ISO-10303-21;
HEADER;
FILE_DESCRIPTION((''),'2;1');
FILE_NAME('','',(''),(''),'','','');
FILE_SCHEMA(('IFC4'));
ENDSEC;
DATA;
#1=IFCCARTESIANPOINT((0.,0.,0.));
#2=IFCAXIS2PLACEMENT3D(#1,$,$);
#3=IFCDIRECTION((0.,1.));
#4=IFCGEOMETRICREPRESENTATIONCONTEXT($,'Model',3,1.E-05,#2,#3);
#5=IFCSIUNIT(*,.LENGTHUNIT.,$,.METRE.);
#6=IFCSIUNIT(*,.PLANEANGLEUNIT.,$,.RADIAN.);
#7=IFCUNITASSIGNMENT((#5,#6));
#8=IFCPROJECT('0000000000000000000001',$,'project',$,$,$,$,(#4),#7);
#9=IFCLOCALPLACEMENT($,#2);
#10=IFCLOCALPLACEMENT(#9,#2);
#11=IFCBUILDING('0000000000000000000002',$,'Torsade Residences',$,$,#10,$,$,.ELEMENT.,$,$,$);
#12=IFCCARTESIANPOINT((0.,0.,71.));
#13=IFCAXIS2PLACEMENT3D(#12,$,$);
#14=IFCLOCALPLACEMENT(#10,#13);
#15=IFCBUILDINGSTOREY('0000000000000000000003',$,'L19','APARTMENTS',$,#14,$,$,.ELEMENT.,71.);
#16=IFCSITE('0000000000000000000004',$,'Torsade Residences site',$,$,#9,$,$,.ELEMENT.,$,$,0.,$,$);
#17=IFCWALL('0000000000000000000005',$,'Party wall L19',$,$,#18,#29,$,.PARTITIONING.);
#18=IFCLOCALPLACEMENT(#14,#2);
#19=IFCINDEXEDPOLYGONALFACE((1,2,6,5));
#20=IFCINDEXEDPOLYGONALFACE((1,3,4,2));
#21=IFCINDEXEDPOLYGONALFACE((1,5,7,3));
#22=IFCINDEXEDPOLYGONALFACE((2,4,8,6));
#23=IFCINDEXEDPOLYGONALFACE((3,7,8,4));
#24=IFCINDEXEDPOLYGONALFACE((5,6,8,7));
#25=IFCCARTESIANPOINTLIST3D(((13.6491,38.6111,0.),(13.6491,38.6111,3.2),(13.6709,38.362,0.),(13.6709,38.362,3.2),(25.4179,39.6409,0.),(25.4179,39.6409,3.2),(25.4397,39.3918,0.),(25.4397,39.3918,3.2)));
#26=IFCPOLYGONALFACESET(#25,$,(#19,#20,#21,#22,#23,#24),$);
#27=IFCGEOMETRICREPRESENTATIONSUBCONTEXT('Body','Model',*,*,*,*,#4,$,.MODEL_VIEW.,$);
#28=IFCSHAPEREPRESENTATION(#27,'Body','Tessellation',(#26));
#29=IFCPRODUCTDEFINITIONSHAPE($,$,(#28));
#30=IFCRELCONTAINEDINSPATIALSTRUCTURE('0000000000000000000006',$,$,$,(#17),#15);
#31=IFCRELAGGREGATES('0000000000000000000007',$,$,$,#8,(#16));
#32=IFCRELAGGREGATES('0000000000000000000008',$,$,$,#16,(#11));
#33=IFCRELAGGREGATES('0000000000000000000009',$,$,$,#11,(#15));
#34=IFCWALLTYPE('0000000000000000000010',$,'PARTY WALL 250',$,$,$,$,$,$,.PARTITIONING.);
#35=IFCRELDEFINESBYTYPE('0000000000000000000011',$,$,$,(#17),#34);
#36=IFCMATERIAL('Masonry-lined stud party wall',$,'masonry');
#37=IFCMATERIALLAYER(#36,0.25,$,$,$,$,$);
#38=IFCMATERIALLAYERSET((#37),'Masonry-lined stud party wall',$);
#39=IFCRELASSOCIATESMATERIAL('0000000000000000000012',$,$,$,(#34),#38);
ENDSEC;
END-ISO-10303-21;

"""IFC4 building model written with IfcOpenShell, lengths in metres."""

from ifc_helpers import new_model, si_unit, direction, frame, frame_2d, origin, place, context, subcontext, project, spatial, rectangle, extrude, material, layer, layer_set, type_object, element, save


model = new_model("IFC4")

# Units and contexts
model_context = context("Model", 3, precision=1e-05, world=origin(), true_north=direction((0.0, 1.0)))
body_context = subcontext(model_context, "Body", "Model", "MODEL_VIEW")
ifc_project = project(units=[si_unit("LENGTHUNIT", "METRE"), si_unit("PLANEANGLEUNIT", "RADIAN")], contexts=[model_context])

# Site, building, storey
site_placement = place(None, origin())
site = spatial("IfcSite", under=ifc_project, at=site_placement, Name="Torsade Residences site", CompositionType="ELEMENT", RefElevation=0.0)
building_placement = place(site_placement, origin())
building = spatial("IfcBuilding", under=site, at=building_placement, Name="Torsade Residences", CompositionType="ELEMENT")
storey_placement = place(building_placement, frame((0.0, 0.0, 71.0)))
storey = spatial("IfcBuildingStorey", under=building, at=storey_placement, Name="L19", Description="APARTMENTS", CompositionType="ELEMENT", Elevation=71.0)

# Wall
ifc_material_1 = material(Name="Masonry-lined stud party wall", Category="masonry")
ifc_layer_1 = layer(ifc_material_1, 0.25)
ifc_layer_set_1 = layer_set([ifc_layer_1], Name="Masonry-lined stud party wall")
wall_type = type_object("IfcWallType", Name="PARTY WALL 250", PredefinedType="PARTITIONING", material=ifc_layer_set_1)
wall_placement = place(storey_placement, frame((13.6602, 38.4866, 0.0), z_axis=(0.0, 0.0, 1.0), x_axis=(0.996194, 0.087168, 0.0)))
element("IfcWall", 1, at=wall_placement, inside=storey, type_object=wall_type, Name="Party wall L19", PredefinedType="PARTITIONING", context=body_context, shape_type="SweptSolid", body=[
    extrude(rectangle(XDim=11.8137, YDim=0.25, at=frame_2d((5.9067, 0.0))), origin(), (0.0, 0.0, 1.0), 3.2),
])

save(model, "model.ifc")
